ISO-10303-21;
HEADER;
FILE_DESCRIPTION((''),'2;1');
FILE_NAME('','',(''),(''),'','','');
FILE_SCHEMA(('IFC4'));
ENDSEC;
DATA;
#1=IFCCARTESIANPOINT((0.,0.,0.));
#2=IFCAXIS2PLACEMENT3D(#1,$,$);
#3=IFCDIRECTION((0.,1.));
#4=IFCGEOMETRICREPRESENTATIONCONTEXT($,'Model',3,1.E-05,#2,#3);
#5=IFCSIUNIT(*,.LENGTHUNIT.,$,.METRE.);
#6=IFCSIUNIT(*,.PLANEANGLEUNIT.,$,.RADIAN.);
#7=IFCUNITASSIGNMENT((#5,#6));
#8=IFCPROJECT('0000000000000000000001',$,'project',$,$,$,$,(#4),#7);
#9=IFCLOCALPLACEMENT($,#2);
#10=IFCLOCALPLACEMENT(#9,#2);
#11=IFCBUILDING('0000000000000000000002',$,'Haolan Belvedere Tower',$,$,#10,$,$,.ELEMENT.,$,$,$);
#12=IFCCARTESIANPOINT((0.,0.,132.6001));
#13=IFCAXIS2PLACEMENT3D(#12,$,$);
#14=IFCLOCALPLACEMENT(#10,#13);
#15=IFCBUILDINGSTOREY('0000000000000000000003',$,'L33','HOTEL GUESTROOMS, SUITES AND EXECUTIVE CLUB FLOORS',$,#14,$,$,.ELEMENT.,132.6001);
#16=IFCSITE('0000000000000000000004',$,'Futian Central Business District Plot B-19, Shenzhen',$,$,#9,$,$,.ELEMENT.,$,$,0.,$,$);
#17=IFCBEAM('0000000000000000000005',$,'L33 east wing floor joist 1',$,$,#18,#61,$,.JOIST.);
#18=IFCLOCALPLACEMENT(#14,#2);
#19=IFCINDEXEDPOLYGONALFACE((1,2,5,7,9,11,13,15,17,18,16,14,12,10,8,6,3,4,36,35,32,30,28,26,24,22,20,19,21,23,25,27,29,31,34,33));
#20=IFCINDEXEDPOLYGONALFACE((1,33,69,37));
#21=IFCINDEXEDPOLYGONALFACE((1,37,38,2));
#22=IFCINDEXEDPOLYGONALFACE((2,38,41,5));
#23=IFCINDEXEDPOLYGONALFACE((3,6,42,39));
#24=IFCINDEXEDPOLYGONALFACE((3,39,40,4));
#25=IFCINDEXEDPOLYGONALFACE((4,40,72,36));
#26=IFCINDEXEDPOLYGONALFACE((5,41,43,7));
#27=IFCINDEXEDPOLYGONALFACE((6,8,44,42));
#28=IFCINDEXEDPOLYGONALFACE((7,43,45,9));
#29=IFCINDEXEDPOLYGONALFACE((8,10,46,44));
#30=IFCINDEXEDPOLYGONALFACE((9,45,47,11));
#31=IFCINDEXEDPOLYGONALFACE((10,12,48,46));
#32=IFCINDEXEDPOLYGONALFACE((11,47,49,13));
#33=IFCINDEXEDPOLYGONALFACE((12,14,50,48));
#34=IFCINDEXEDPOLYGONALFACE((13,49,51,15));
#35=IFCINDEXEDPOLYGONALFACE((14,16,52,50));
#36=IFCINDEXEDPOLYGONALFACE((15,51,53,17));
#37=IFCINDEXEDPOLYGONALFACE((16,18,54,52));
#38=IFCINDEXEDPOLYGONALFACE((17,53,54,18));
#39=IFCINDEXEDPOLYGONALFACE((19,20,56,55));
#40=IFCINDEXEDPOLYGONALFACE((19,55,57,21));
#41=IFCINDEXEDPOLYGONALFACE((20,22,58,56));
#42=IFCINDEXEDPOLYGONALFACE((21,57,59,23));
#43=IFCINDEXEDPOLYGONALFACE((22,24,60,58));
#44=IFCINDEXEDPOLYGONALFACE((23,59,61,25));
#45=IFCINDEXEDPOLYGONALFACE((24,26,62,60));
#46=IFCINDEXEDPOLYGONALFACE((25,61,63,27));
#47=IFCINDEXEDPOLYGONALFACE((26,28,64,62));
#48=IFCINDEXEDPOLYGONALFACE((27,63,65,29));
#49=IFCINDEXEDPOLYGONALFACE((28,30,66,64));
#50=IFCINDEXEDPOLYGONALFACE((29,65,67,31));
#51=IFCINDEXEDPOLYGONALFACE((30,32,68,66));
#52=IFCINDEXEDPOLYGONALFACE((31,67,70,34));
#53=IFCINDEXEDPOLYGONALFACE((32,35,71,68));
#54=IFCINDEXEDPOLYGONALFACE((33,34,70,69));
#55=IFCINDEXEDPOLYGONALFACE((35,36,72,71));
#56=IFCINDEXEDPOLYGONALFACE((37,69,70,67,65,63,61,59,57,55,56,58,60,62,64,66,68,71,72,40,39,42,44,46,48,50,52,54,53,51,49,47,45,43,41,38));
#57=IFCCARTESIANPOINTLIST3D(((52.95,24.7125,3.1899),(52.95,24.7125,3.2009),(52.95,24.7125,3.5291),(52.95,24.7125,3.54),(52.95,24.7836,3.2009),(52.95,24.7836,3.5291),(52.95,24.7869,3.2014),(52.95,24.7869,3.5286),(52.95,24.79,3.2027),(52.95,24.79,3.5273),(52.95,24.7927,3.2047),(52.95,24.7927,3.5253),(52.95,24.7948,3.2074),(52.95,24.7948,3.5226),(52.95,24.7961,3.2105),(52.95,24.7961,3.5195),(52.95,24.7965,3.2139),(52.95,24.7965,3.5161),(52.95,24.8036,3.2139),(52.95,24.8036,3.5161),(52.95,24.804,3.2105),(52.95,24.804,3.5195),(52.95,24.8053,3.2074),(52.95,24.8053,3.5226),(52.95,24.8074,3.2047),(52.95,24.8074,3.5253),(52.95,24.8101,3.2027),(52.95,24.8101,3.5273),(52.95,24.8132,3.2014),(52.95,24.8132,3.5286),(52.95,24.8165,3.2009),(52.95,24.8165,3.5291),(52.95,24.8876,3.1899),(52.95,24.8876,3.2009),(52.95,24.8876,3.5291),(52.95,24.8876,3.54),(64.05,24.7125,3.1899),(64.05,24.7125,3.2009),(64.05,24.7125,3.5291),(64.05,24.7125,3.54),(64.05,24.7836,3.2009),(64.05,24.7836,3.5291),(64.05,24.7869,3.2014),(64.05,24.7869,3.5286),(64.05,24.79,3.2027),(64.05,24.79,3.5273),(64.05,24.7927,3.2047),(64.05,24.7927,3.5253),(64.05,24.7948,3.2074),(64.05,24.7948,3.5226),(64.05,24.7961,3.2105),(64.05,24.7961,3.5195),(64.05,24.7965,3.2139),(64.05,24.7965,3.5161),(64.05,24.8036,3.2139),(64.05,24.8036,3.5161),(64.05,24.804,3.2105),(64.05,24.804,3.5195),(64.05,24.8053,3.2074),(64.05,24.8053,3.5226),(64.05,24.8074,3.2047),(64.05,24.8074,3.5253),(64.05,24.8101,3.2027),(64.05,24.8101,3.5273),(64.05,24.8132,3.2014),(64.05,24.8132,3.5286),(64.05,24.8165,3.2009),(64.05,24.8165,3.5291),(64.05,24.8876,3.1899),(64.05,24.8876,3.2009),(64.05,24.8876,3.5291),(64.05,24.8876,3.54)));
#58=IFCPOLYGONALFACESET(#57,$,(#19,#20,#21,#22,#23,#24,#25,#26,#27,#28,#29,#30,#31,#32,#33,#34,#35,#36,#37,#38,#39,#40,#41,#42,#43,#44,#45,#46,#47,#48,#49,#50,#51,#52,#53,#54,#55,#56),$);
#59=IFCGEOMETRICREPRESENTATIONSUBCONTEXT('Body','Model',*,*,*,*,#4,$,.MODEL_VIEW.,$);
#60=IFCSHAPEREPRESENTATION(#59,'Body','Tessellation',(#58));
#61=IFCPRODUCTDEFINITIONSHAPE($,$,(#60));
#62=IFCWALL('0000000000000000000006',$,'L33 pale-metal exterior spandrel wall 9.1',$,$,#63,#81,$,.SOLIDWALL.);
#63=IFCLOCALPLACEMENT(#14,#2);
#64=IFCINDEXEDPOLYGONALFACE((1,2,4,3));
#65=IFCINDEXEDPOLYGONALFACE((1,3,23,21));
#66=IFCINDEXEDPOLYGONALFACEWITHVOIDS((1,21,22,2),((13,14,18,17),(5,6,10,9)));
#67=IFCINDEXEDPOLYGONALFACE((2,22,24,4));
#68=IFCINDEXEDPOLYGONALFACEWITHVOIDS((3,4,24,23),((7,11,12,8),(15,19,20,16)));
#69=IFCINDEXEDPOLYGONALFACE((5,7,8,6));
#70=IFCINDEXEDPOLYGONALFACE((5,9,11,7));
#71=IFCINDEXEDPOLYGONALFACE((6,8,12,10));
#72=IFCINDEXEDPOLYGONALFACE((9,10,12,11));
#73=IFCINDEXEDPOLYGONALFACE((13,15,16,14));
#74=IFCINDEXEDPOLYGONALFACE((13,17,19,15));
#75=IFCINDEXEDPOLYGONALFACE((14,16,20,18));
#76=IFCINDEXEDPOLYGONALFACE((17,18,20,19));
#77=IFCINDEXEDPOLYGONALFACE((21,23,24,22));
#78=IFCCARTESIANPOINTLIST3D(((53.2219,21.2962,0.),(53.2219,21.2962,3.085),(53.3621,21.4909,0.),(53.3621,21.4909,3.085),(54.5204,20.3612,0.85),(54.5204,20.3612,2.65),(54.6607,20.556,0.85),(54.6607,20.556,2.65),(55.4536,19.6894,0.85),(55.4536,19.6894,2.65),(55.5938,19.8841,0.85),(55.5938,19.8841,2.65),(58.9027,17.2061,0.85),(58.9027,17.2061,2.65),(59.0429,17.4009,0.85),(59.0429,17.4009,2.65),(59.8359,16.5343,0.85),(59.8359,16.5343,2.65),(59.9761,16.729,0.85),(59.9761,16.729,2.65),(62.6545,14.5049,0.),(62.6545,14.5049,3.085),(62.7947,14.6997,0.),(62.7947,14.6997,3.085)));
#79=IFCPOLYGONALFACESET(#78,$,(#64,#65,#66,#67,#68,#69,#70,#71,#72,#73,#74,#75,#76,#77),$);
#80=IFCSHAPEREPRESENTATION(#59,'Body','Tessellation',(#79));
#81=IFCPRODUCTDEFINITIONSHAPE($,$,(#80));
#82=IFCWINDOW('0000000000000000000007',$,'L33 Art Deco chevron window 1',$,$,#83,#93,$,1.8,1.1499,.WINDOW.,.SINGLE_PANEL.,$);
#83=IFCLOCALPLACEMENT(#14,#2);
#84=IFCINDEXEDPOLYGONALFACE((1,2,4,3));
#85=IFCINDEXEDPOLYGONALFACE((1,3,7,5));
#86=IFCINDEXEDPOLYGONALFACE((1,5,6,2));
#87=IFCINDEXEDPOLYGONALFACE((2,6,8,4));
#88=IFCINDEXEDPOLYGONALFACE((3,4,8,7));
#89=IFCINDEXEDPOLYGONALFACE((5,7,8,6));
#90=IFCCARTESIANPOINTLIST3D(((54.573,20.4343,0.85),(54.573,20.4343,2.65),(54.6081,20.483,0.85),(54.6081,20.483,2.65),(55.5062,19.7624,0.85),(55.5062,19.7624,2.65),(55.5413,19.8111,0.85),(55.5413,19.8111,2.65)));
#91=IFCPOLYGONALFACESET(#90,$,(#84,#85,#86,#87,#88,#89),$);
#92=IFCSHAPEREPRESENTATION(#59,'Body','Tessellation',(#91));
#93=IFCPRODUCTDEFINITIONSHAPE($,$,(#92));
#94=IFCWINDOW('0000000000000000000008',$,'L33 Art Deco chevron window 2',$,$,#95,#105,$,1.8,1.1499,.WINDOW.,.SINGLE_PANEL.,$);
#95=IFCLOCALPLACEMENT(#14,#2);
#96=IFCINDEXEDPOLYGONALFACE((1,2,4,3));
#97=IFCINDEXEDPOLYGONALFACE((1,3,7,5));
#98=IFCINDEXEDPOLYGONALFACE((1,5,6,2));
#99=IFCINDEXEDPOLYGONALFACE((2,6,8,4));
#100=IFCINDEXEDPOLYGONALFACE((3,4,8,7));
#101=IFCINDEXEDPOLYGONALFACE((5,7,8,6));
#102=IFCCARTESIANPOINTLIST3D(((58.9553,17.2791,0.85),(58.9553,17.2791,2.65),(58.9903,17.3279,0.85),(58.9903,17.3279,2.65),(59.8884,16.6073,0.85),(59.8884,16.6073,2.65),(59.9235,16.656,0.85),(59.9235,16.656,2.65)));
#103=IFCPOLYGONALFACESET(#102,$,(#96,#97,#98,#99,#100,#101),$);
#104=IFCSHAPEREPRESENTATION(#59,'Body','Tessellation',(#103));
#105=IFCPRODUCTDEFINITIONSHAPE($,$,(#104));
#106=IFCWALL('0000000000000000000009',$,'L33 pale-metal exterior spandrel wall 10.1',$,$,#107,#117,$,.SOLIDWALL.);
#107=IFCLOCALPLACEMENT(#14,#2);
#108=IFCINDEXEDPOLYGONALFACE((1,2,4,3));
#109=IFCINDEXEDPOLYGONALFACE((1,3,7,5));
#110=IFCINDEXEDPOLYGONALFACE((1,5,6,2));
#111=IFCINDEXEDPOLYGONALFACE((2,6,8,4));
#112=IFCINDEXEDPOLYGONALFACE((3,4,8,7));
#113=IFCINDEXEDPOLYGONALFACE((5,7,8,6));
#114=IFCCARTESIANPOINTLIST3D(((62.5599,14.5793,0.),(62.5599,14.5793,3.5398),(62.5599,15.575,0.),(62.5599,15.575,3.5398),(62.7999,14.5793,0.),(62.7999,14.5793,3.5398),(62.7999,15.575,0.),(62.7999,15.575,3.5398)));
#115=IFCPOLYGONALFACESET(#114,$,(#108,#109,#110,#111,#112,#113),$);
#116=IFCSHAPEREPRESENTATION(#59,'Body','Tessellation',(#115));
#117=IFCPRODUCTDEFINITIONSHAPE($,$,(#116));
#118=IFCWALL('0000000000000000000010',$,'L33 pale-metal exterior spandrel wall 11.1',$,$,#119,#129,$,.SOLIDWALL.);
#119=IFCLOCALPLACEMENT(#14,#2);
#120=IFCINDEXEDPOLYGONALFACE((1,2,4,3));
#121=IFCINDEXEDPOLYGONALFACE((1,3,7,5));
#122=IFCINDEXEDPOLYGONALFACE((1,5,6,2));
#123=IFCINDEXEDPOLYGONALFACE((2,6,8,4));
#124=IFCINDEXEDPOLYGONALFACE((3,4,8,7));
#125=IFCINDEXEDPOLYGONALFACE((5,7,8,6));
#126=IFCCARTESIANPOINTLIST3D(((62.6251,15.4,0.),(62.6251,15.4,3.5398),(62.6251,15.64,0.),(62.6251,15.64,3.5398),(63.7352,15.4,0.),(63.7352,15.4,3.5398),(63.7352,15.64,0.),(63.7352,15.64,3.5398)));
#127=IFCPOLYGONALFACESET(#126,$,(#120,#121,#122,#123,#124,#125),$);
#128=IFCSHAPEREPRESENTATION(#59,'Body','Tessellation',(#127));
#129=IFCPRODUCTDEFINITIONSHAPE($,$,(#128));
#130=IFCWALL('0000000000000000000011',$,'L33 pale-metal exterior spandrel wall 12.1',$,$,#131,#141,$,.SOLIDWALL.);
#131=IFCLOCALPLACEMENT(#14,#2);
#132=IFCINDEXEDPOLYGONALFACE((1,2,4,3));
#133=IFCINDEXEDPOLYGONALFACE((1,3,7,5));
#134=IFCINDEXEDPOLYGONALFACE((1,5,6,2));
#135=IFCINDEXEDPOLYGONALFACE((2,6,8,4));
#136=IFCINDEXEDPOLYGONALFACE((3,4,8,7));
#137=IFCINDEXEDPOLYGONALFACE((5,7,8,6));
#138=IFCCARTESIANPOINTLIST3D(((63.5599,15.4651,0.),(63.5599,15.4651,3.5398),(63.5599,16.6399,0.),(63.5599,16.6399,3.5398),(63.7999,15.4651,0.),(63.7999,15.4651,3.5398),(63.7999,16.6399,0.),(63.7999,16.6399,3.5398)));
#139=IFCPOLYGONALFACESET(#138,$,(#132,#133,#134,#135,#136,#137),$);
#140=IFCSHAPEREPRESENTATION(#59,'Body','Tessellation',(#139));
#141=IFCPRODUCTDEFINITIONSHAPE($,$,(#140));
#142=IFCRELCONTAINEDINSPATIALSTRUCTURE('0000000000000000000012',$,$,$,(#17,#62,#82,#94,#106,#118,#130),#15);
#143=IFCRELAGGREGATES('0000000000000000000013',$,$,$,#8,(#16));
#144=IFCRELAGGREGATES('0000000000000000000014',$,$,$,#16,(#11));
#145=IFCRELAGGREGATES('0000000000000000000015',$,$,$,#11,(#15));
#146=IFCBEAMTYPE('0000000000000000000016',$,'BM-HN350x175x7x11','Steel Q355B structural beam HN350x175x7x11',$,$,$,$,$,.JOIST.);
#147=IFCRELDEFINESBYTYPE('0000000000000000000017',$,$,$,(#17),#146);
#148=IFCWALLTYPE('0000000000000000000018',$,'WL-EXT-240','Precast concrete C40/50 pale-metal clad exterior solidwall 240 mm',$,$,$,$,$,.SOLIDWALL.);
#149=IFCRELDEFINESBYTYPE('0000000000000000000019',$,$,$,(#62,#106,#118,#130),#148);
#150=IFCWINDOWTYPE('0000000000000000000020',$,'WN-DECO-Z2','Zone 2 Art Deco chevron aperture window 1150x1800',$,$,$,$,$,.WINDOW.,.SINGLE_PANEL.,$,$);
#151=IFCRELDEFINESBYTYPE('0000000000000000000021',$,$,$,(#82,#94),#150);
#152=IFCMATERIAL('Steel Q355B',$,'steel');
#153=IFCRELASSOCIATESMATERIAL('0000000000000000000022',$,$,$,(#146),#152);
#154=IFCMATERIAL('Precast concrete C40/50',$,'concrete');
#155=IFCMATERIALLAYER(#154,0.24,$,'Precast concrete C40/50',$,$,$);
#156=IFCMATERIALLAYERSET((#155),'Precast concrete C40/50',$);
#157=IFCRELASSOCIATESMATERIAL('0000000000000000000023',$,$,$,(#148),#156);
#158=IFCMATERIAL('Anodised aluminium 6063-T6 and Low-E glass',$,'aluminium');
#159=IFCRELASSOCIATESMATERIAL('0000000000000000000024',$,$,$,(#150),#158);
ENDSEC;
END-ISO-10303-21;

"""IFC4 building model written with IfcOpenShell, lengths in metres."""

from ifc_helpers import new_model, si_unit, direction, frame, frame_2d, origin, origin_2d, place, context, subcontext, project, spatial, rectangle, i_section, extrude, material, layer, layer_set, material_profile, profile_set, type_object, element, fill, save


model = new_model("IFC4")

# Units and contexts
model_context = context("Model", 3, precision=1e-05, world=origin(), true_north=direction((0.0, 1.0)))
body_context = subcontext(model_context, "Body", "Model", "MODEL_VIEW")
ifc_project = project(units=[si_unit("LENGTHUNIT", "METRE"), si_unit("PLANEANGLEUNIT", "RADIAN")], contexts=[model_context])

# Site, building, storey
site_placement = place(None, origin())
site = spatial("IfcSite", under=ifc_project, at=site_placement, Name="Futian Central Business District Plot B-19, Shenzhen", CompositionType="ELEMENT", RefElevation=0.0)
building_placement = place(site_placement, origin())
building = spatial("IfcBuilding", under=site, at=building_placement, Name="Haolan Belvedere Tower", CompositionType="ELEMENT")
storey_placement = place(building_placement, frame((0.0, 0.0, 132.6001)))
storey = spatial("IfcBuildingStorey", under=building, at=storey_placement, Name="L33", Description="HOTEL GUESTROOMS, SUITES AND EXECUTIVE CLUB FLOORS", CompositionType="ELEMENT", Elevation=132.6001)

# Beam
ifc_material_1 = material(Name="Steel Q355B", Category="steel")
ifc_material_profile_1 = material_profile(ifc_material_1, i_section(OverallWidth=0.175, OverallDepth=0.3501, WebThickness=0.0071, FlangeThickness=0.011, FilletRadius=0.0129, at=origin_2d()), Name="Steel Q355B")
ifc_profile_set_1 = profile_set([ifc_material_profile_1], Name="Steel Q355B")
beam_type_1 = type_object("IfcBeamType", Name="BM-HN350x175x7x11", Description="Steel Q355B structural beam HN350x175x7x11", PredefinedType="JOIST", material=ifc_profile_set_1)
beam_1_placement = place(storey_placement, frame((52.95, 24.8, 3.365), z_axis=(1.0, 0.0, 0.0), x_axis=(0.0, 1.0, 0.0)))
element("IfcBeam", 1, at=beam_1_placement, inside=storey, type_object=beam_type_1, Name="L33 east wing floor joist 1", PredefinedType="JOIST", context=body_context, shape_type="SweptSolid", body=[
    extrude(i_section(OverallWidth=0.175, OverallDepth=0.3501, WebThickness=0.0071, FlangeThickness=0.011, FilletRadius=0.0129, at=origin_2d()), origin(), (0.0, 0.0, 1.0), 11.1001),
])

# Wall, openings, windows
ifc_material_2 = material(Name="Precast concrete C40/50", Category="concrete")
ifc_layer_1 = layer(ifc_material_2, 0.24, Name="Precast concrete C40/50")
ifc_layer_set_1 = layer_set([ifc_layer_1], Name="Precast concrete C40/50")
wall_type_1 = type_object("IfcWallType", Name="WL-EXT-240", Description="Precast concrete C40/50 pale-metal clad exterior solidwall 240 mm", PredefinedType="SOLIDWALL", material=ifc_layer_set_1)
wall_1_placement = place(storey_placement, frame((53.292, 21.3936, 0.0), z_axis=(0.0, 0.0, 1.0), x_axis=(0.811544, -0.584292, 0.0)))
wall_1 = element("IfcWall", 2, at=wall_1_placement, inside=storey, type_object=wall_type_1, Name="L33 pale-metal exterior spandrel wall 9.1", PredefinedType="SOLIDWALL", context=body_context, shape_type="SweptSolid", body=[
    extrude(rectangle(XDim=11.623, YDim=0.24, at=frame_2d((5.8115, 0.0))), origin(), (0.0, 0.0, 1.0), 3.085),
])
opening_1_placement = place(wall_1_placement, frame((1.6001, 0.0, 0.8501)))
opening_1 = element("IfcOpeningElement", 3, at=opening_1_placement, cuts=wall_1, PredefinedType="OPENING", context=body_context, shape_type="SweptSolid", body=[
    extrude(rectangle(XDim=1.1499, YDim=1.8, at=frame_2d((0.575, 0.8999))), frame((0.0, 0.1299, 0.0), z_axis=(0.0, -1.0, 0.0), x_axis=(1.0, 0.0, 0.0)), (0.0, 0.0, 1.0), 0.26),
])
opening_2_placement = place(wall_1_placement, frame((7.0, 0.0, 0.8501)))
opening_2 = element("IfcOpeningElement", 4, at=opening_2_placement, cuts=wall_1, PredefinedType="OPENING", context=body_context, shape_type="SweptSolid", body=[
    extrude(rectangle(XDim=1.1499, YDim=1.8, at=frame_2d((0.575, 0.8999))), frame((0.0, 0.1299, 0.0), z_axis=(0.0, -1.0, 0.0), x_axis=(1.0, 0.0, 0.0)), (0.0, 0.0, 1.0), 0.26),
])
ifc_material_3 = material(Name="Anodised aluminium 6063-T6 and Low-E glass", Category="aluminium")
window_type = type_object("IfcWindowType", Name="WN-DECO-Z2", Description="Zone 2 Art Deco chevron aperture window 1150x1800", PartitioningType="SINGLE_PANEL", PredefinedType="WINDOW", material=ifc_material_3)
window_1_placement = place(opening_1_placement, origin())
window_1 = element("IfcWindow", 5, at=window_1_placement, inside=storey, type_object=window_type, Name="L33 Art Deco chevron window 1", OverallHeight=1.8, OverallWidth=1.1499, PartitioningType="SINGLE_PANEL", PredefinedType="WINDOW", context=body_context, shape_type="SweptSolid", body=[
    extrude(rectangle(XDim=1.1499, YDim=1.8, at=frame_2d((0.575, 0.8999))), frame((0.0, 0.03, 0.0), z_axis=(0.0, -1.0, 0.0), x_axis=(1.0, 0.0, 0.0)), (0.0, 0.0, 1.0), 0.0601),
])
fill(opening_1, window_1)
window_2_placement = place(opening_2_placement, origin())
window_2 = element("IfcWindow", 6, at=window_2_placement, inside=storey, type_object=window_type, Name="L33 Art Deco chevron window 2", OverallHeight=1.8, OverallWidth=1.1499, PartitioningType="SINGLE_PANEL", PredefinedType="WINDOW", context=body_context, shape_type="SweptSolid", body=[
    extrude(rectangle(XDim=1.1499, YDim=1.8, at=frame_2d((0.575, 0.8999))), frame((0.0, 0.03, 0.0), z_axis=(0.0, -1.0, 0.0), x_axis=(1.0, 0.0, 0.0)), (0.0, 0.0, 1.0), 0.0601),
])
fill(opening_2, window_2)

# Walls
wall_2_placement = place(storey_placement, frame((62.6799, 14.5793, 0.0), z_axis=(0.0, 0.0, 1.0), x_axis=(0.0, 1.0, 0.0)))
element("IfcWall", 7, at=wall_2_placement, inside=storey, type_object=wall_type_1, Name="L33 pale-metal exterior spandrel wall 10.1", PredefinedType="SOLIDWALL", context=body_context, shape_type="SweptSolid", body=[
    extrude(rectangle(XDim=0.9956, YDim=0.24, at=frame_2d((0.4978, 0.0))), origin(), (0.0, 0.0, 1.0), 3.5398),
])
wall_3_placement = place(storey_placement, frame((62.625, 15.52, 0.0), z_axis=(0.0, 0.0, 1.0), x_axis=(1.0, 0.0, 0.0)))
element("IfcWall", 8, at=wall_3_placement, inside=storey, type_object=wall_type_1, Name="L33 pale-metal exterior spandrel wall 11.1", PredefinedType="SOLIDWALL", context=body_context, shape_type="SweptSolid", body=[
    extrude(rectangle(XDim=1.1101, YDim=0.24, at=frame_2d((0.5552, 0.0))), origin(), (0.0, 0.0, 1.0), 3.5398),
])
wall_4_placement = place(storey_placement, frame((63.6799, 15.4651, 0.0), z_axis=(0.0, 0.0, 1.0), x_axis=(0.0, 1.0, 0.0)))
element("IfcWall", 9, at=wall_4_placement, inside=storey, type_object=wall_type_1, Name="L33 pale-metal exterior spandrel wall 12.1", PredefinedType="SOLIDWALL", context=body_context, shape_type="SweptSolid", body=[
    extrude(rectangle(XDim=1.1748, YDim=0.24, at=frame_2d((0.5874, 0.0))), origin(), (0.0, 0.0, 1.0), 3.5398),
])

save(model, "model.ifc")
